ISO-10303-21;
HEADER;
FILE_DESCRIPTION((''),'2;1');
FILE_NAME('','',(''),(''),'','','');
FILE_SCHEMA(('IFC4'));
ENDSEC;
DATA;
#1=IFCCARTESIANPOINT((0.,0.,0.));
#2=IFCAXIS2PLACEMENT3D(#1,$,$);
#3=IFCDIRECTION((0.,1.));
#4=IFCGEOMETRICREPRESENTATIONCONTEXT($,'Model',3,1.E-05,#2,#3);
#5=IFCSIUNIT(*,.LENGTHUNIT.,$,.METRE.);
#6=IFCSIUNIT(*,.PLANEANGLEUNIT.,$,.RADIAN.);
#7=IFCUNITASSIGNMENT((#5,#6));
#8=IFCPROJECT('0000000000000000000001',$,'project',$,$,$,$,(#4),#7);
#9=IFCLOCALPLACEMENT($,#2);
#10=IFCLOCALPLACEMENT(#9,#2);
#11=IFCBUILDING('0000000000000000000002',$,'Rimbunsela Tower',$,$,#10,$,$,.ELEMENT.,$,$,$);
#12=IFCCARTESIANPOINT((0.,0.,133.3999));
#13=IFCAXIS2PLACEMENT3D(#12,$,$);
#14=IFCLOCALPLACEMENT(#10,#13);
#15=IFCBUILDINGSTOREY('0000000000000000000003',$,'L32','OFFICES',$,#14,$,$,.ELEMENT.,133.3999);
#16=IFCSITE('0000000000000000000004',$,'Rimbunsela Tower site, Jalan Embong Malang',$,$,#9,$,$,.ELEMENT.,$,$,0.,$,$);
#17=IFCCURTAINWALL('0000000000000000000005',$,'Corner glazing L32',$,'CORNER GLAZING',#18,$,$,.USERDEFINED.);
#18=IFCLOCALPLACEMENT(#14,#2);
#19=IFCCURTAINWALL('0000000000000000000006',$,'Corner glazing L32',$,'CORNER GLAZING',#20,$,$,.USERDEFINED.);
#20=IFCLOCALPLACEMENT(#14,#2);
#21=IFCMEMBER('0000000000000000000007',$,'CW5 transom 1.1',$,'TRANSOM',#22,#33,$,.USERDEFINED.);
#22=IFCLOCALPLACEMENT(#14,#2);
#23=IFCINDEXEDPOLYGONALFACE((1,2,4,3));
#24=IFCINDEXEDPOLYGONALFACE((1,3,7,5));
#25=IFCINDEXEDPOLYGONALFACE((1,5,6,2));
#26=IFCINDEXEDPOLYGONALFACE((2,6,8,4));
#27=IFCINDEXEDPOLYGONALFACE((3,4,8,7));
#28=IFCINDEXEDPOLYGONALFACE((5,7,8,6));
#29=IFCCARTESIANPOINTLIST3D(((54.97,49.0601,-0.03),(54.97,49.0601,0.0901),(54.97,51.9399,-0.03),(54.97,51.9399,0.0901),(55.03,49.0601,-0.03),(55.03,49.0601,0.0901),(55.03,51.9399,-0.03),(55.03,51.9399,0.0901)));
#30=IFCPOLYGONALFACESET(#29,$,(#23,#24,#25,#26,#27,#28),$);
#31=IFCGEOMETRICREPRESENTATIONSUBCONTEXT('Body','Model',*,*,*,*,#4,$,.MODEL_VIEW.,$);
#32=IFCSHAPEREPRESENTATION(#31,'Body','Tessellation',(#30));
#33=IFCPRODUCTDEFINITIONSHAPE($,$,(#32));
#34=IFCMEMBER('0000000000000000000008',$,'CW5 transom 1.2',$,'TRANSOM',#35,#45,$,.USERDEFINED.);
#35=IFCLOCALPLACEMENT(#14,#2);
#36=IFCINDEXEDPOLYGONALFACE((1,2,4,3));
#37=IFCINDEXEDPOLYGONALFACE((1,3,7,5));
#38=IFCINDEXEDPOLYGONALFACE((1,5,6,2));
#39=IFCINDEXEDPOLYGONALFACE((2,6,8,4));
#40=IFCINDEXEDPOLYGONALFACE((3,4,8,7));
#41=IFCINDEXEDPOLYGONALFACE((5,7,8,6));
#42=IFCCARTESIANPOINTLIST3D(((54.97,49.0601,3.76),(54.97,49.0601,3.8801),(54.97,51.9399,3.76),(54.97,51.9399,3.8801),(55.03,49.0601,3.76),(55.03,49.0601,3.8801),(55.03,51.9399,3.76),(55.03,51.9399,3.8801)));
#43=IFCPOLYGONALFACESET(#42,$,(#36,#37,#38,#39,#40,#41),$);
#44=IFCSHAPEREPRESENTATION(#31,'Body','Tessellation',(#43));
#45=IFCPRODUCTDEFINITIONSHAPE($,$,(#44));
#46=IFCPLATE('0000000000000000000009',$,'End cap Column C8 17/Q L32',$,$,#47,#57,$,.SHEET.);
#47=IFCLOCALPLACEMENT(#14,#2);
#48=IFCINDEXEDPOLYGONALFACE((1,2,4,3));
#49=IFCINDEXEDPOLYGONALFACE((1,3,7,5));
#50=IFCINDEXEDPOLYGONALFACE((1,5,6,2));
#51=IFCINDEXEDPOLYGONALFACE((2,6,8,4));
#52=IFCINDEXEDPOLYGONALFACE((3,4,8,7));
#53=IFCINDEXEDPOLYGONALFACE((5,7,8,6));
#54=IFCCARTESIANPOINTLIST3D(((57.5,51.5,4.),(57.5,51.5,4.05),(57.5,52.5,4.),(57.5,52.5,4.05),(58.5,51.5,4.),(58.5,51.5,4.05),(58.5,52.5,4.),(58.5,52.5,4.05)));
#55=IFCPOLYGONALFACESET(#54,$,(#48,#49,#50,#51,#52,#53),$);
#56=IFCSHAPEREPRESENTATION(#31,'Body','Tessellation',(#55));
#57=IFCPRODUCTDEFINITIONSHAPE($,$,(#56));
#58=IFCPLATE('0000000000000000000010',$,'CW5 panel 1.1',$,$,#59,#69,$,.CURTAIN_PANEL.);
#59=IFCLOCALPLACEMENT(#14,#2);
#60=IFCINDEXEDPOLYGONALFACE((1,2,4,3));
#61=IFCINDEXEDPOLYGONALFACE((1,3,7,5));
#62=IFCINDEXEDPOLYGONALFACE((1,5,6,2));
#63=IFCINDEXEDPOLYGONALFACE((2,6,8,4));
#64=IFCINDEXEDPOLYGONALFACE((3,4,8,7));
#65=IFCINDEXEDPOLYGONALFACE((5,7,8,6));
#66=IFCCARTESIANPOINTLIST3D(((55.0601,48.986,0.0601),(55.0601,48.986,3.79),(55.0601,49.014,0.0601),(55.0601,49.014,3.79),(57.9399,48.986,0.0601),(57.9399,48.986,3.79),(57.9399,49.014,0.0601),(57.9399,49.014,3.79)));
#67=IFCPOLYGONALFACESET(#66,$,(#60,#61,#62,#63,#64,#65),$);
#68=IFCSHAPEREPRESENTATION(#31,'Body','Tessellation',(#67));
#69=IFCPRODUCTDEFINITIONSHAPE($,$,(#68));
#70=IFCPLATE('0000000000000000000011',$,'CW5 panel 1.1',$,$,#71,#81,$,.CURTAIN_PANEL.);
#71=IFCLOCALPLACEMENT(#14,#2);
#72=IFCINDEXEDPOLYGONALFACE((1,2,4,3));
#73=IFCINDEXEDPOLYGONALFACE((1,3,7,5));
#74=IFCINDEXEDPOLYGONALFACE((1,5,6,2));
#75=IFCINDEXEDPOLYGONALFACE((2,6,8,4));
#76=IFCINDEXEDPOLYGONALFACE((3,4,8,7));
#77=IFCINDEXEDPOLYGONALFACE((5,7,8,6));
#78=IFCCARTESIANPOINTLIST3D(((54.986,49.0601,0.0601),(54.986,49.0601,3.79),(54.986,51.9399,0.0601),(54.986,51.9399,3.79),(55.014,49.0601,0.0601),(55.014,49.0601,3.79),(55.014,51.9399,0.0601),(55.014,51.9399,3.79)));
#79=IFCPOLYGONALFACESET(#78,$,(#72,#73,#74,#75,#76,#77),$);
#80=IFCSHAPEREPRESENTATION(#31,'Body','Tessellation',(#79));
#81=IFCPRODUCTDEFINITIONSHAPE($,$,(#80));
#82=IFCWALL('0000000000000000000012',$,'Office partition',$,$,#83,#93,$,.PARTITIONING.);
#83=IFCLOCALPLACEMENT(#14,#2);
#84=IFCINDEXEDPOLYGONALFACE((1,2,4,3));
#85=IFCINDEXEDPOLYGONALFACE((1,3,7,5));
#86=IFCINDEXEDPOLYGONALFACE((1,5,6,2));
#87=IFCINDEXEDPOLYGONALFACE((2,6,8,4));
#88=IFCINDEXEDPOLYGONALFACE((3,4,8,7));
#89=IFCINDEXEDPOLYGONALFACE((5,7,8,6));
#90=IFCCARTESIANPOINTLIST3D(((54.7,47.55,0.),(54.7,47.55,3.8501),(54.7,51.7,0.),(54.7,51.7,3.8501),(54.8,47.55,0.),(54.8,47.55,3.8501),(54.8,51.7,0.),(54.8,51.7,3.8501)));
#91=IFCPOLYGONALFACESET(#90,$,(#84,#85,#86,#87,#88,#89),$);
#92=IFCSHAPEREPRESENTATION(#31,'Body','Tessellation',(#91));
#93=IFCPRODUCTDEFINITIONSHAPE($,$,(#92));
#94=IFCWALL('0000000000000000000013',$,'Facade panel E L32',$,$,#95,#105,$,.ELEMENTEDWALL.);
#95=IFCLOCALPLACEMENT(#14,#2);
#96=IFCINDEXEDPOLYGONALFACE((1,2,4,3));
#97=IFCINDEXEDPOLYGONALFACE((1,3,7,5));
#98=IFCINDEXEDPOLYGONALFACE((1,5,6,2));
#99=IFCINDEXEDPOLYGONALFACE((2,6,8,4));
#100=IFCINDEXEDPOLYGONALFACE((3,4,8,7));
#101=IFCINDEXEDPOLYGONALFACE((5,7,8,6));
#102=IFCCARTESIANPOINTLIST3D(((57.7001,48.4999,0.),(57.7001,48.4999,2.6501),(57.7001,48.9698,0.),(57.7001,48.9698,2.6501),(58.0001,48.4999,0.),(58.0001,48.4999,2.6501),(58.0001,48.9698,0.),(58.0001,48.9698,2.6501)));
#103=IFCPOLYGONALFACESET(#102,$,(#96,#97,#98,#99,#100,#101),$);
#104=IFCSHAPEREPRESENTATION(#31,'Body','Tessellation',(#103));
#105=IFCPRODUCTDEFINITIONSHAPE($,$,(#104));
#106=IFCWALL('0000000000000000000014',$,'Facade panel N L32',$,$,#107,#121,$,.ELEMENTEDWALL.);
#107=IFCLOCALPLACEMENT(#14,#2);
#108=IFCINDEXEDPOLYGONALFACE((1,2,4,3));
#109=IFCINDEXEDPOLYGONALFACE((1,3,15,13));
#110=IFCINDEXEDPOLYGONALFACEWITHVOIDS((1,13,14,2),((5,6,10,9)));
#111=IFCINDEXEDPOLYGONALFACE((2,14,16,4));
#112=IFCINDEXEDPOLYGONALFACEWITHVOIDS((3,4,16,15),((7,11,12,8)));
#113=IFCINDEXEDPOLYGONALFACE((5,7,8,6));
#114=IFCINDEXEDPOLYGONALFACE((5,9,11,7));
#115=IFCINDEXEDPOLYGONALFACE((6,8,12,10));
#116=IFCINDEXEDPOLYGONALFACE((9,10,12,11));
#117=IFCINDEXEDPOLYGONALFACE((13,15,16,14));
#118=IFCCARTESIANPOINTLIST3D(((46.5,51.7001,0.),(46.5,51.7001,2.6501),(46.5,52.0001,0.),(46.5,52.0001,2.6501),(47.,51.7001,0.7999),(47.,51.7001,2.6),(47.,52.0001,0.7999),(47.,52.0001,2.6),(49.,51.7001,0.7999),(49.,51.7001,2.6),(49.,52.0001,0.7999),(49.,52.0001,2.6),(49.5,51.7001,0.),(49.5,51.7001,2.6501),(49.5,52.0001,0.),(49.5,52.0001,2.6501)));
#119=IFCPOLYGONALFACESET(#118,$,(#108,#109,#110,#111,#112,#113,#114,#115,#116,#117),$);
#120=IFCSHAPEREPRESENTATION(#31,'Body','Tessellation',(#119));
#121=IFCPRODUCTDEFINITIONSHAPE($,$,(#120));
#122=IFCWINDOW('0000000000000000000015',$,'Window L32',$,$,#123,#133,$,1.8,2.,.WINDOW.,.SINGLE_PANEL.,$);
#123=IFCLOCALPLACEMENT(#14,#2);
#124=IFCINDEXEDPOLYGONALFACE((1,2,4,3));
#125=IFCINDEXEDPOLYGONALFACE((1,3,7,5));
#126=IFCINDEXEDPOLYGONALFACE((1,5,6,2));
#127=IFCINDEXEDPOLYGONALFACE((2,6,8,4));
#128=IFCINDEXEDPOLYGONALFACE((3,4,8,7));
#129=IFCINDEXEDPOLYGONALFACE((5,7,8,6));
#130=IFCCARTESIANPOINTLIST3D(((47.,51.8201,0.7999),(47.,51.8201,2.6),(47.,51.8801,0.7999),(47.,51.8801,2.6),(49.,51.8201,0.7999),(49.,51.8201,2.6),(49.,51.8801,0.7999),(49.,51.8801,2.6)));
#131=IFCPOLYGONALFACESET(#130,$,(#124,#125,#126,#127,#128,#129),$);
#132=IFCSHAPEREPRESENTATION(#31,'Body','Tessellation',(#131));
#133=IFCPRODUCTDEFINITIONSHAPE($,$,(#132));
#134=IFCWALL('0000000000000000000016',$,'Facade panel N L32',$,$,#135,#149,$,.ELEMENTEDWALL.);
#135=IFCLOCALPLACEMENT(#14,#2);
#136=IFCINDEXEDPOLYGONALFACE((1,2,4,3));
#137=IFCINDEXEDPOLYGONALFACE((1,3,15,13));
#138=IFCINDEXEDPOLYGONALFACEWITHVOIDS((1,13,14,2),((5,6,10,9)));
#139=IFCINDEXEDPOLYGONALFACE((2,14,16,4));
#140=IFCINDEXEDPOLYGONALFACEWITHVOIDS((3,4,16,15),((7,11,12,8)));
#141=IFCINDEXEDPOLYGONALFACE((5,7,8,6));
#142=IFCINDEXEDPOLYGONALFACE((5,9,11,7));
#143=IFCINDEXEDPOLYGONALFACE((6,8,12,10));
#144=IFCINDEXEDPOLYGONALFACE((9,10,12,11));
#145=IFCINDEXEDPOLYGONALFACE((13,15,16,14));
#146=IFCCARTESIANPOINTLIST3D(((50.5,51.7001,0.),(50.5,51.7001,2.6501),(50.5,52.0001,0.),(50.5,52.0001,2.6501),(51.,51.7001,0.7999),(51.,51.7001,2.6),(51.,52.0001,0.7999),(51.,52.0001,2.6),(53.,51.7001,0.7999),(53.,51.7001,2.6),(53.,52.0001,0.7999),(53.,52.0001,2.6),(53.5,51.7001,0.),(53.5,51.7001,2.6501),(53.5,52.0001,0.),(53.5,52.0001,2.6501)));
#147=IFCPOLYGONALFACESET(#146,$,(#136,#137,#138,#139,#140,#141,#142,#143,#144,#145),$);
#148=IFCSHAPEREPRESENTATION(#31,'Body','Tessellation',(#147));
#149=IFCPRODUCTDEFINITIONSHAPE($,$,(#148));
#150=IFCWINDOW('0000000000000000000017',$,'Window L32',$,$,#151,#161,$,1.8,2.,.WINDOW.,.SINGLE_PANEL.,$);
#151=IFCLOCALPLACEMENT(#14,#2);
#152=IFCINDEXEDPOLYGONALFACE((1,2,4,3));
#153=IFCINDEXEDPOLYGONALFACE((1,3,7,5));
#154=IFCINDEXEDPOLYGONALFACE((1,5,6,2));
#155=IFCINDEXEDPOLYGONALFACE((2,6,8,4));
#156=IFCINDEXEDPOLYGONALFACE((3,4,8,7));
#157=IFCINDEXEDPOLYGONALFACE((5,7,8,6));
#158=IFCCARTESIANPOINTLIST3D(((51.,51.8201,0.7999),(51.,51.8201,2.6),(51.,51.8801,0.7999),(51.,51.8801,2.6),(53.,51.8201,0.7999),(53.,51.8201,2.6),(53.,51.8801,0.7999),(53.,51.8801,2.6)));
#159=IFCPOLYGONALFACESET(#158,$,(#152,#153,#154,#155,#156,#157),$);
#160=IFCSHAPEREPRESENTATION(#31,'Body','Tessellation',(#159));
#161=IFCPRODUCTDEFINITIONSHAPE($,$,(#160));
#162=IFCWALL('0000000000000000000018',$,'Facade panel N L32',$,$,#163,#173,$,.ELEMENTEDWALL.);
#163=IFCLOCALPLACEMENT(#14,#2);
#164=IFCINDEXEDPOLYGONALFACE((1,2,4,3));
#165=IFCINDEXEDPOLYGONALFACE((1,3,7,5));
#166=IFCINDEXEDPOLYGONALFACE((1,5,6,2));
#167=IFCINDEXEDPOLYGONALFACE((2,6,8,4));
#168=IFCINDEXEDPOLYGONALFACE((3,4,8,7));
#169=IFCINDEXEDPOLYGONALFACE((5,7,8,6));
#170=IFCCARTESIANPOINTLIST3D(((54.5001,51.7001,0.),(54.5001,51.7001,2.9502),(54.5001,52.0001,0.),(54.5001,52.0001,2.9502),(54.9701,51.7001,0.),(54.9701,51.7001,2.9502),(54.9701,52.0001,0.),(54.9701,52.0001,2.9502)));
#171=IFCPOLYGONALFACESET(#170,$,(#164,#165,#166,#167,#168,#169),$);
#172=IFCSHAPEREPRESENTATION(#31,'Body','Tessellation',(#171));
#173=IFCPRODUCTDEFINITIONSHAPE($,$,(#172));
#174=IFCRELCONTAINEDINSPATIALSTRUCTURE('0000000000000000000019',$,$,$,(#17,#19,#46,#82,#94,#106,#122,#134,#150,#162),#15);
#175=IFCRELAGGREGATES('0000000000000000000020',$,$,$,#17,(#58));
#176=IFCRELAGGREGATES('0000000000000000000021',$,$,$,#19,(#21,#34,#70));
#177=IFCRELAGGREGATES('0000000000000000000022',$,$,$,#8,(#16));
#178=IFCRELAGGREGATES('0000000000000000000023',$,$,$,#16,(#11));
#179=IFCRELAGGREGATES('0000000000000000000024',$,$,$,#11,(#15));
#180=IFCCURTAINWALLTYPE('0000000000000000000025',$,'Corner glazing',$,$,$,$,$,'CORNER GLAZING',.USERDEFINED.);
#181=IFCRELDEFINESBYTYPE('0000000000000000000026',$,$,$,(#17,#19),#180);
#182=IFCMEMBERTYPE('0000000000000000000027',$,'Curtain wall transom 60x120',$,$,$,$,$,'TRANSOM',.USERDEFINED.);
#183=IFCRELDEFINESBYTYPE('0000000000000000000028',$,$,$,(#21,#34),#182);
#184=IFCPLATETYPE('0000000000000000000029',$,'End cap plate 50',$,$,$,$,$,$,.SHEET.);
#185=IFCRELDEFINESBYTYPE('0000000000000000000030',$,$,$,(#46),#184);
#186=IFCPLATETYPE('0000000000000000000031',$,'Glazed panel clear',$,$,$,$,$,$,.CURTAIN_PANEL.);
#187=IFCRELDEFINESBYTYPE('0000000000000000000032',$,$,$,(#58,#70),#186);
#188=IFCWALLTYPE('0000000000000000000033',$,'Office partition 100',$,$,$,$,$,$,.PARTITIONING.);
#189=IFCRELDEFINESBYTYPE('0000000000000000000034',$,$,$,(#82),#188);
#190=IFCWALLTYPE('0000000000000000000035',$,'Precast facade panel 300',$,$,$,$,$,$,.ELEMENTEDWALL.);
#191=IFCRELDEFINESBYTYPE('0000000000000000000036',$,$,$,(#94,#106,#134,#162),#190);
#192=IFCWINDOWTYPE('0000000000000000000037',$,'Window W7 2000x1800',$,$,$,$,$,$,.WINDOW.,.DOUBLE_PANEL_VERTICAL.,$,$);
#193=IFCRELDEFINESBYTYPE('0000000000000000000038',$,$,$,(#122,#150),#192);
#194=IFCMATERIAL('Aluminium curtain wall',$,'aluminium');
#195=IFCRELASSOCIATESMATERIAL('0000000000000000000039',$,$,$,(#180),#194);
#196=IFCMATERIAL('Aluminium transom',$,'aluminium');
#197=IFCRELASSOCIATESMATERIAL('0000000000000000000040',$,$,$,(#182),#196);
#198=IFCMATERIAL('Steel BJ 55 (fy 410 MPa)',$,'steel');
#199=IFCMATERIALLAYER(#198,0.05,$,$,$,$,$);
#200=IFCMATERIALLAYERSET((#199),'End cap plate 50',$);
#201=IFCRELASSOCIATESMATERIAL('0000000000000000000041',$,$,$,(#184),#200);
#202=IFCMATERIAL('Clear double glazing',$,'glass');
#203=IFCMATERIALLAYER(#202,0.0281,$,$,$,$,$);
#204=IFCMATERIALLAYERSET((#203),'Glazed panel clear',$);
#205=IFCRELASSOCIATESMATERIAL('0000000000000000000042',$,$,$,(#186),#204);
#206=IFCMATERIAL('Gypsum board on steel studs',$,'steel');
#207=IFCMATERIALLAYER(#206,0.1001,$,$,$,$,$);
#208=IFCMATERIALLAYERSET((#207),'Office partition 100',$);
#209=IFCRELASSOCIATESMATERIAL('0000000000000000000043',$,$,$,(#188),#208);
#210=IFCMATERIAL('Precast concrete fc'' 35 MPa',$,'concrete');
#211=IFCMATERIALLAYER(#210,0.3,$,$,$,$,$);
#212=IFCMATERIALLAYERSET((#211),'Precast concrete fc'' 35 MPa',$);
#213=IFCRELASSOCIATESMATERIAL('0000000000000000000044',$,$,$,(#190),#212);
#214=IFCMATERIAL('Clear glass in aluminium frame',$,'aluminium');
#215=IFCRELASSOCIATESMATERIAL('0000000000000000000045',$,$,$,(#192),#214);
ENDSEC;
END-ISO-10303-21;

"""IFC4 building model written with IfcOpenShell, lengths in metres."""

from ifc_helpers import new_model, si_unit, direction, frame, frame_2d, origin, origin_2d, place, context, subcontext, project, spatial, rectangle, extrude, material, layer, layer_set, material_profile, profile_set, type_object, element, fill, aggregate, save


model = new_model("IFC4")

# Units and contexts
model_context = context("Model", 3, precision=1e-05, world=origin(), true_north=direction((0.0, 1.0)))
body_context = subcontext(model_context, "Body", "Model", "MODEL_VIEW")
ifc_project = project(units=[si_unit("LENGTHUNIT", "METRE"), si_unit("PLANEANGLEUNIT", "RADIAN")], contexts=[model_context])

# Site, building, storey
site_placement = place(None, origin())
site = spatial("IfcSite", under=ifc_project, at=site_placement, Name="Rimbunsela Tower site, Jalan Embong Malang", CompositionType="ELEMENT", RefElevation=0.0)
building_placement = place(site_placement, origin())
building = spatial("IfcBuilding", under=site, at=building_placement, Name="Rimbunsela Tower", CompositionType="ELEMENT")
storey_placement = place(building_placement, frame((0.0, 0.0, 133.3999)))
storey = spatial("IfcBuildingStorey", under=building, at=storey_placement, Name="L32", Description="OFFICES", CompositionType="ELEMENT", Elevation=133.3999)

# Curtain walls
ifc_material_1 = material(Name="Aluminium curtain wall", Category="aluminium")
curtain_wall_type = type_object("IfcCurtainWallType", Name="Corner glazing", ElementType="CORNER GLAZING", PredefinedType="USERDEFINED", material=ifc_material_1)
curtain_wall_1_placement = place(storey_placement, origin())
curtain_wall_1 = element("IfcCurtainWall", 1, at=curtain_wall_1_placement, inside=storey, type_object=curtain_wall_type, Name="Corner glazing L32", ObjectType="CORNER GLAZING", PredefinedType="USERDEFINED")
curtain_wall_2_placement = place(storey_placement, origin())
curtain_wall_2 = element("IfcCurtainWall", 2, at=curtain_wall_2_placement, inside=storey, type_object=curtain_wall_type, Name="Corner glazing L32", ObjectType="CORNER GLAZING", PredefinedType="USERDEFINED")

# Members
ifc_material_2 = material(Name="Aluminium transom", Category="aluminium")
ifc_material_profile_1 = material_profile(ifc_material_2, rectangle(XDim=0.0601, YDim=0.1201, at=origin_2d()), Name="Transom 60x120")
ifc_profile_set_1 = profile_set([ifc_material_profile_1], Name="Aluminium transom")
member_type_1 = type_object("IfcMemberType", Name="Curtain wall transom 60x120", ElementType="TRANSOM", PredefinedType="USERDEFINED", material=ifc_profile_set_1)
member_1_placement = place(storey_placement, frame((55.0, 49.0601, 0.03), z_axis=(0.0, 1.0, 0.0), x_axis=(-1.0, 0.0, 0.0)))
member_1 = element("IfcMember", 3, at=member_1_placement, type_object=member_type_1, Name="CW5 transom 1.1", ObjectType="TRANSOM", PredefinedType="USERDEFINED", context=body_context, shape_type="SweptSolid", body=[
    extrude(rectangle(XDim=0.0601, YDim=0.1201, at=origin_2d()), origin(), (0.0, 0.0, 1.0), 2.8799),
])
member_2_placement = place(storey_placement, frame((55.0, 49.0601, 3.8201), z_axis=(0.0, 1.0, 0.0), x_axis=(-1.0, 0.0, 0.0)))
member_2 = element("IfcMember", 4, at=member_2_placement, type_object=member_type_1, Name="CW5 transom 1.2", ObjectType="TRANSOM", PredefinedType="USERDEFINED", context=body_context, shape_type="SweptSolid", body=[
    extrude(rectangle(XDim=0.0601, YDim=0.1201, at=origin_2d()), origin(), (0.0, 0.0, 1.0), 2.8799),
])

# Plates
ifc_material_3 = material(Name="Steel BJ 55 (fy 410 MPa)", Category="steel")
ifc_layer_1 = layer(ifc_material_3, 0.05)
ifc_layer_set_1 = layer_set([ifc_layer_1], Name="End cap plate 50")
plate_type_1 = type_object("IfcPlateType", Name="End cap plate 50", PredefinedType="SHEET", material=ifc_layer_set_1)
plate_1_placement = place(storey_placement, frame((58.0, 52.0, 4.0), z_axis=(0.0, 0.0, 1.0), x_axis=(1.0, 0.0, 0.0)))
element("IfcPlate", 5, at=plate_1_placement, inside=storey, type_object=plate_type_1, Name="End cap Column C8 17/Q L32", PredefinedType="SHEET", context=body_context, shape_type="SweptSolid", body=[
    extrude(rectangle(XDim=1.0, YDim=1.0, at=origin_2d()), origin(), (0.0, 0.0, 1.0), 0.05),
])
ifc_material_4 = material(Name="Clear double glazing", Category="glass")
ifc_layer_2 = layer(ifc_material_4, 0.0281)
ifc_layer_set_2 = layer_set([ifc_layer_2], Name="Glazed panel clear")
plate_type_2 = type_object("IfcPlateType", Name="Glazed panel clear", PredefinedType="CURTAIN_PANEL", material=ifc_layer_set_2)
plate_2_placement = place(storey_placement, frame((56.5, 49.0, 0.0601), z_axis=(0.0, 0.0, 1.0), x_axis=(-1.0, 0.0, 0.0)))
plate_2 = element("IfcPlate", 6, at=plate_2_placement, type_object=plate_type_2, Name="CW5 panel 1.1", PredefinedType="CURTAIN_PANEL", context=body_context, shape_type="SweptSolid", body=[
    extrude(rectangle(XDim=2.8799, YDim=0.0281, at=origin_2d()), origin(), (0.0, 0.0, 1.0), 3.73),
])
aggregate(curtain_wall_1, [plate_2])
plate_3_placement = place(storey_placement, frame((55.0, 50.5, 0.0601), z_axis=(0.0, 0.0, 1.0), x_axis=(0.0, 1.0, 0.0)))
plate_3 = element("IfcPlate", 7, at=plate_3_placement, type_object=plate_type_2, Name="CW5 panel 1.1", PredefinedType="CURTAIN_PANEL", context=body_context, shape_type="SweptSolid", body=[
    extrude(rectangle(XDim=2.8799, YDim=0.0281, at=origin_2d()), origin(), (0.0, 0.0, 1.0), 3.73),
])
aggregate(curtain_wall_2, [member_1, member_2, plate_3])

# Walls
ifc_material_5 = material(Name="Gypsum board on steel studs", Category="steel")
ifc_layer_3 = layer(ifc_material_5, 0.1001)
ifc_layer_set_3 = layer_set([ifc_layer_3], Name="Office partition 100")
wall_type_1 = type_object("IfcWallType", Name="Office partition 100", PredefinedType="PARTITIONING", material=ifc_layer_set_3)
wall_1_placement = place(storey_placement, frame((54.75, 47.55, 0.0), z_axis=(0.0, 0.0, 1.0), x_axis=(0.0, 1.0, 0.0)))
element("IfcWall", 8, at=wall_1_placement, inside=storey, type_object=wall_type_1, Name="Office partition", PredefinedType="PARTITIONING", context=body_context, shape_type="SweptSolid", body=[
    extrude(rectangle(XDim=4.1499, YDim=0.1001, at=frame_2d((2.075, 0.0))), origin(), (0.0, 0.0, 1.0), 3.8501),
])
ifc_material_6 = material(Name="Precast concrete fc' 35 MPa", Category="concrete")
ifc_layer_4 = layer(ifc_material_6, 0.3)
ifc_layer_set_4 = layer_set([ifc_layer_4], Name="Precast concrete fc' 35 MPa")
wall_type_2 = type_object("IfcWallType", Name="Precast facade panel 300", PredefinedType="ELEMENTEDWALL", material=ifc_layer_set_4)
wall_2_placement = place(storey_placement, frame((57.8501, 48.5, 0.0), z_axis=(0.0, 0.0, 1.0), x_axis=(0.0, 1.0, 0.0)))
element("IfcWall", 9, at=wall_2_placement, inside=storey, type_object=wall_type_2, Name="Facade panel E L32", PredefinedType="ELEMENTEDWALL", context=body_context, shape_type="SweptSolid", body=[
    extrude(rectangle(XDim=0.47, YDim=0.3, at=frame_2d((0.2349, 0.0))), origin(), (0.0, 0.0, 1.0), 2.6501),
])

# Walls, openings, windows
wall_3_placement = place(storey_placement, frame((49.5, 51.8501, 0.0), z_axis=(0.0, 0.0, 1.0), x_axis=(-1.0, 0.0, 0.0)))
wall_3 = element("IfcWall", 10, at=wall_3_placement, inside=storey, type_object=wall_type_2, Name="Facade panel N L32", PredefinedType="ELEMENTEDWALL", context=body_context, shape_type="SweptSolid", body=[
    extrude(rectangle(XDim=3.0, YDim=0.3, at=frame_2d((1.5, 0.0))), origin(), (0.0, 0.0, 1.0), 2.6501),
])
opening_1_placement = place(wall_3_placement, frame((0.5, 0.0, 0.8)))
opening_1 = element("IfcOpeningElement", 11, at=opening_1_placement, cuts=wall_3, PredefinedType="OPENING", context=body_context, shape_type="SweptSolid", body=[
    extrude(rectangle(XDim=2.0, YDim=1.8, at=frame_2d((1.0, 0.8999))), frame((0.0, 0.1599, 0.0), z_axis=(0.0, -1.0, 0.0), x_axis=(1.0, 0.0, 0.0)), (0.0, 0.0, 1.0), 0.3201),
])
ifc_material_7 = material(Name="Clear glass in aluminium frame", Category="aluminium")
window_type = type_object("IfcWindowType", Name="Window W7 2000x1800", PartitioningType="DOUBLE_PANEL_VERTICAL", PredefinedType="WINDOW", material=ifc_material_7)
window_1_placement = place(opening_1_placement, origin())
window_1 = element("IfcWindow", 12, at=window_1_placement, inside=storey, type_object=window_type, Name="Window L32", OverallHeight=1.8, OverallWidth=2.0, PartitioningType="SINGLE_PANEL", PredefinedType="WINDOW", context=body_context, shape_type="SweptSolid", body=[
    extrude(rectangle(XDim=2.0, YDim=1.8, at=frame_2d((1.0, 0.8999))), frame((0.0, 0.03, 0.0), z_axis=(0.0, -1.0, 0.0), x_axis=(1.0, 0.0, 0.0)), (0.0, 0.0, 1.0), 0.0601),
])
fill(opening_1, window_1)
wall_4_placement = place(storey_placement, frame((53.5, 51.8501, 0.0), z_axis=(0.0, 0.0, 1.0), x_axis=(-1.0, 0.0, 0.0)))
wall_4 = element("IfcWall", 13, at=wall_4_placement, inside=storey, type_object=wall_type_2, Name="Facade panel N L32", PredefinedType="ELEMENTEDWALL", context=body_context, shape_type="SweptSolid", body=[
    extrude(rectangle(XDim=3.0, YDim=0.3, at=frame_2d((1.5, 0.0))), origin(), (0.0, 0.0, 1.0), 2.6501),
])
opening_2_placement = place(wall_4_placement, frame((0.5, 0.0, 0.8)))
opening_2 = element("IfcOpeningElement", 14, at=opening_2_placement, cuts=wall_4, PredefinedType="OPENING", context=body_context, shape_type="SweptSolid", body=[
    extrude(rectangle(XDim=2.0, YDim=1.8, at=frame_2d((1.0, 0.8999))), frame((0.0, 0.1599, 0.0), z_axis=(0.0, -1.0, 0.0), x_axis=(1.0, 0.0, 0.0)), (0.0, 0.0, 1.0), 0.3201),
])
window_2_placement = place(opening_2_placement, origin())
window_2 = element("IfcWindow", 15, at=window_2_placement, inside=storey, type_object=window_type, Name="Window L32", OverallHeight=1.8, OverallWidth=2.0, PartitioningType="SINGLE_PANEL", PredefinedType="WINDOW", context=body_context, shape_type="SweptSolid", body=[
    extrude(rectangle(XDim=2.0, YDim=1.8, at=frame_2d((1.0, 0.8999))), frame((0.0, 0.03, 0.0), z_axis=(0.0, -1.0, 0.0), x_axis=(1.0, 0.0, 0.0)), (0.0, 0.0, 1.0), 0.0601),
])
fill(opening_2, window_2)

# Wall
wall_5_placement = place(storey_placement, frame((54.97, 51.8501, 0.0), z_axis=(0.0, 0.0, 1.0), x_axis=(-1.0, 0.0, 0.0)))
element("IfcWall", 16, at=wall_5_placement, inside=storey, type_object=wall_type_2, Name="Facade panel N L32", PredefinedType="ELEMENTEDWALL", context=body_context, shape_type="SweptSolid", body=[
    extrude(rectangle(XDim=0.47, YDim=0.3, at=frame_2d((0.2349, 0.0))), origin(), (0.0, 0.0, 1.0), 2.9502),
])

save(model, "model.ifc")
